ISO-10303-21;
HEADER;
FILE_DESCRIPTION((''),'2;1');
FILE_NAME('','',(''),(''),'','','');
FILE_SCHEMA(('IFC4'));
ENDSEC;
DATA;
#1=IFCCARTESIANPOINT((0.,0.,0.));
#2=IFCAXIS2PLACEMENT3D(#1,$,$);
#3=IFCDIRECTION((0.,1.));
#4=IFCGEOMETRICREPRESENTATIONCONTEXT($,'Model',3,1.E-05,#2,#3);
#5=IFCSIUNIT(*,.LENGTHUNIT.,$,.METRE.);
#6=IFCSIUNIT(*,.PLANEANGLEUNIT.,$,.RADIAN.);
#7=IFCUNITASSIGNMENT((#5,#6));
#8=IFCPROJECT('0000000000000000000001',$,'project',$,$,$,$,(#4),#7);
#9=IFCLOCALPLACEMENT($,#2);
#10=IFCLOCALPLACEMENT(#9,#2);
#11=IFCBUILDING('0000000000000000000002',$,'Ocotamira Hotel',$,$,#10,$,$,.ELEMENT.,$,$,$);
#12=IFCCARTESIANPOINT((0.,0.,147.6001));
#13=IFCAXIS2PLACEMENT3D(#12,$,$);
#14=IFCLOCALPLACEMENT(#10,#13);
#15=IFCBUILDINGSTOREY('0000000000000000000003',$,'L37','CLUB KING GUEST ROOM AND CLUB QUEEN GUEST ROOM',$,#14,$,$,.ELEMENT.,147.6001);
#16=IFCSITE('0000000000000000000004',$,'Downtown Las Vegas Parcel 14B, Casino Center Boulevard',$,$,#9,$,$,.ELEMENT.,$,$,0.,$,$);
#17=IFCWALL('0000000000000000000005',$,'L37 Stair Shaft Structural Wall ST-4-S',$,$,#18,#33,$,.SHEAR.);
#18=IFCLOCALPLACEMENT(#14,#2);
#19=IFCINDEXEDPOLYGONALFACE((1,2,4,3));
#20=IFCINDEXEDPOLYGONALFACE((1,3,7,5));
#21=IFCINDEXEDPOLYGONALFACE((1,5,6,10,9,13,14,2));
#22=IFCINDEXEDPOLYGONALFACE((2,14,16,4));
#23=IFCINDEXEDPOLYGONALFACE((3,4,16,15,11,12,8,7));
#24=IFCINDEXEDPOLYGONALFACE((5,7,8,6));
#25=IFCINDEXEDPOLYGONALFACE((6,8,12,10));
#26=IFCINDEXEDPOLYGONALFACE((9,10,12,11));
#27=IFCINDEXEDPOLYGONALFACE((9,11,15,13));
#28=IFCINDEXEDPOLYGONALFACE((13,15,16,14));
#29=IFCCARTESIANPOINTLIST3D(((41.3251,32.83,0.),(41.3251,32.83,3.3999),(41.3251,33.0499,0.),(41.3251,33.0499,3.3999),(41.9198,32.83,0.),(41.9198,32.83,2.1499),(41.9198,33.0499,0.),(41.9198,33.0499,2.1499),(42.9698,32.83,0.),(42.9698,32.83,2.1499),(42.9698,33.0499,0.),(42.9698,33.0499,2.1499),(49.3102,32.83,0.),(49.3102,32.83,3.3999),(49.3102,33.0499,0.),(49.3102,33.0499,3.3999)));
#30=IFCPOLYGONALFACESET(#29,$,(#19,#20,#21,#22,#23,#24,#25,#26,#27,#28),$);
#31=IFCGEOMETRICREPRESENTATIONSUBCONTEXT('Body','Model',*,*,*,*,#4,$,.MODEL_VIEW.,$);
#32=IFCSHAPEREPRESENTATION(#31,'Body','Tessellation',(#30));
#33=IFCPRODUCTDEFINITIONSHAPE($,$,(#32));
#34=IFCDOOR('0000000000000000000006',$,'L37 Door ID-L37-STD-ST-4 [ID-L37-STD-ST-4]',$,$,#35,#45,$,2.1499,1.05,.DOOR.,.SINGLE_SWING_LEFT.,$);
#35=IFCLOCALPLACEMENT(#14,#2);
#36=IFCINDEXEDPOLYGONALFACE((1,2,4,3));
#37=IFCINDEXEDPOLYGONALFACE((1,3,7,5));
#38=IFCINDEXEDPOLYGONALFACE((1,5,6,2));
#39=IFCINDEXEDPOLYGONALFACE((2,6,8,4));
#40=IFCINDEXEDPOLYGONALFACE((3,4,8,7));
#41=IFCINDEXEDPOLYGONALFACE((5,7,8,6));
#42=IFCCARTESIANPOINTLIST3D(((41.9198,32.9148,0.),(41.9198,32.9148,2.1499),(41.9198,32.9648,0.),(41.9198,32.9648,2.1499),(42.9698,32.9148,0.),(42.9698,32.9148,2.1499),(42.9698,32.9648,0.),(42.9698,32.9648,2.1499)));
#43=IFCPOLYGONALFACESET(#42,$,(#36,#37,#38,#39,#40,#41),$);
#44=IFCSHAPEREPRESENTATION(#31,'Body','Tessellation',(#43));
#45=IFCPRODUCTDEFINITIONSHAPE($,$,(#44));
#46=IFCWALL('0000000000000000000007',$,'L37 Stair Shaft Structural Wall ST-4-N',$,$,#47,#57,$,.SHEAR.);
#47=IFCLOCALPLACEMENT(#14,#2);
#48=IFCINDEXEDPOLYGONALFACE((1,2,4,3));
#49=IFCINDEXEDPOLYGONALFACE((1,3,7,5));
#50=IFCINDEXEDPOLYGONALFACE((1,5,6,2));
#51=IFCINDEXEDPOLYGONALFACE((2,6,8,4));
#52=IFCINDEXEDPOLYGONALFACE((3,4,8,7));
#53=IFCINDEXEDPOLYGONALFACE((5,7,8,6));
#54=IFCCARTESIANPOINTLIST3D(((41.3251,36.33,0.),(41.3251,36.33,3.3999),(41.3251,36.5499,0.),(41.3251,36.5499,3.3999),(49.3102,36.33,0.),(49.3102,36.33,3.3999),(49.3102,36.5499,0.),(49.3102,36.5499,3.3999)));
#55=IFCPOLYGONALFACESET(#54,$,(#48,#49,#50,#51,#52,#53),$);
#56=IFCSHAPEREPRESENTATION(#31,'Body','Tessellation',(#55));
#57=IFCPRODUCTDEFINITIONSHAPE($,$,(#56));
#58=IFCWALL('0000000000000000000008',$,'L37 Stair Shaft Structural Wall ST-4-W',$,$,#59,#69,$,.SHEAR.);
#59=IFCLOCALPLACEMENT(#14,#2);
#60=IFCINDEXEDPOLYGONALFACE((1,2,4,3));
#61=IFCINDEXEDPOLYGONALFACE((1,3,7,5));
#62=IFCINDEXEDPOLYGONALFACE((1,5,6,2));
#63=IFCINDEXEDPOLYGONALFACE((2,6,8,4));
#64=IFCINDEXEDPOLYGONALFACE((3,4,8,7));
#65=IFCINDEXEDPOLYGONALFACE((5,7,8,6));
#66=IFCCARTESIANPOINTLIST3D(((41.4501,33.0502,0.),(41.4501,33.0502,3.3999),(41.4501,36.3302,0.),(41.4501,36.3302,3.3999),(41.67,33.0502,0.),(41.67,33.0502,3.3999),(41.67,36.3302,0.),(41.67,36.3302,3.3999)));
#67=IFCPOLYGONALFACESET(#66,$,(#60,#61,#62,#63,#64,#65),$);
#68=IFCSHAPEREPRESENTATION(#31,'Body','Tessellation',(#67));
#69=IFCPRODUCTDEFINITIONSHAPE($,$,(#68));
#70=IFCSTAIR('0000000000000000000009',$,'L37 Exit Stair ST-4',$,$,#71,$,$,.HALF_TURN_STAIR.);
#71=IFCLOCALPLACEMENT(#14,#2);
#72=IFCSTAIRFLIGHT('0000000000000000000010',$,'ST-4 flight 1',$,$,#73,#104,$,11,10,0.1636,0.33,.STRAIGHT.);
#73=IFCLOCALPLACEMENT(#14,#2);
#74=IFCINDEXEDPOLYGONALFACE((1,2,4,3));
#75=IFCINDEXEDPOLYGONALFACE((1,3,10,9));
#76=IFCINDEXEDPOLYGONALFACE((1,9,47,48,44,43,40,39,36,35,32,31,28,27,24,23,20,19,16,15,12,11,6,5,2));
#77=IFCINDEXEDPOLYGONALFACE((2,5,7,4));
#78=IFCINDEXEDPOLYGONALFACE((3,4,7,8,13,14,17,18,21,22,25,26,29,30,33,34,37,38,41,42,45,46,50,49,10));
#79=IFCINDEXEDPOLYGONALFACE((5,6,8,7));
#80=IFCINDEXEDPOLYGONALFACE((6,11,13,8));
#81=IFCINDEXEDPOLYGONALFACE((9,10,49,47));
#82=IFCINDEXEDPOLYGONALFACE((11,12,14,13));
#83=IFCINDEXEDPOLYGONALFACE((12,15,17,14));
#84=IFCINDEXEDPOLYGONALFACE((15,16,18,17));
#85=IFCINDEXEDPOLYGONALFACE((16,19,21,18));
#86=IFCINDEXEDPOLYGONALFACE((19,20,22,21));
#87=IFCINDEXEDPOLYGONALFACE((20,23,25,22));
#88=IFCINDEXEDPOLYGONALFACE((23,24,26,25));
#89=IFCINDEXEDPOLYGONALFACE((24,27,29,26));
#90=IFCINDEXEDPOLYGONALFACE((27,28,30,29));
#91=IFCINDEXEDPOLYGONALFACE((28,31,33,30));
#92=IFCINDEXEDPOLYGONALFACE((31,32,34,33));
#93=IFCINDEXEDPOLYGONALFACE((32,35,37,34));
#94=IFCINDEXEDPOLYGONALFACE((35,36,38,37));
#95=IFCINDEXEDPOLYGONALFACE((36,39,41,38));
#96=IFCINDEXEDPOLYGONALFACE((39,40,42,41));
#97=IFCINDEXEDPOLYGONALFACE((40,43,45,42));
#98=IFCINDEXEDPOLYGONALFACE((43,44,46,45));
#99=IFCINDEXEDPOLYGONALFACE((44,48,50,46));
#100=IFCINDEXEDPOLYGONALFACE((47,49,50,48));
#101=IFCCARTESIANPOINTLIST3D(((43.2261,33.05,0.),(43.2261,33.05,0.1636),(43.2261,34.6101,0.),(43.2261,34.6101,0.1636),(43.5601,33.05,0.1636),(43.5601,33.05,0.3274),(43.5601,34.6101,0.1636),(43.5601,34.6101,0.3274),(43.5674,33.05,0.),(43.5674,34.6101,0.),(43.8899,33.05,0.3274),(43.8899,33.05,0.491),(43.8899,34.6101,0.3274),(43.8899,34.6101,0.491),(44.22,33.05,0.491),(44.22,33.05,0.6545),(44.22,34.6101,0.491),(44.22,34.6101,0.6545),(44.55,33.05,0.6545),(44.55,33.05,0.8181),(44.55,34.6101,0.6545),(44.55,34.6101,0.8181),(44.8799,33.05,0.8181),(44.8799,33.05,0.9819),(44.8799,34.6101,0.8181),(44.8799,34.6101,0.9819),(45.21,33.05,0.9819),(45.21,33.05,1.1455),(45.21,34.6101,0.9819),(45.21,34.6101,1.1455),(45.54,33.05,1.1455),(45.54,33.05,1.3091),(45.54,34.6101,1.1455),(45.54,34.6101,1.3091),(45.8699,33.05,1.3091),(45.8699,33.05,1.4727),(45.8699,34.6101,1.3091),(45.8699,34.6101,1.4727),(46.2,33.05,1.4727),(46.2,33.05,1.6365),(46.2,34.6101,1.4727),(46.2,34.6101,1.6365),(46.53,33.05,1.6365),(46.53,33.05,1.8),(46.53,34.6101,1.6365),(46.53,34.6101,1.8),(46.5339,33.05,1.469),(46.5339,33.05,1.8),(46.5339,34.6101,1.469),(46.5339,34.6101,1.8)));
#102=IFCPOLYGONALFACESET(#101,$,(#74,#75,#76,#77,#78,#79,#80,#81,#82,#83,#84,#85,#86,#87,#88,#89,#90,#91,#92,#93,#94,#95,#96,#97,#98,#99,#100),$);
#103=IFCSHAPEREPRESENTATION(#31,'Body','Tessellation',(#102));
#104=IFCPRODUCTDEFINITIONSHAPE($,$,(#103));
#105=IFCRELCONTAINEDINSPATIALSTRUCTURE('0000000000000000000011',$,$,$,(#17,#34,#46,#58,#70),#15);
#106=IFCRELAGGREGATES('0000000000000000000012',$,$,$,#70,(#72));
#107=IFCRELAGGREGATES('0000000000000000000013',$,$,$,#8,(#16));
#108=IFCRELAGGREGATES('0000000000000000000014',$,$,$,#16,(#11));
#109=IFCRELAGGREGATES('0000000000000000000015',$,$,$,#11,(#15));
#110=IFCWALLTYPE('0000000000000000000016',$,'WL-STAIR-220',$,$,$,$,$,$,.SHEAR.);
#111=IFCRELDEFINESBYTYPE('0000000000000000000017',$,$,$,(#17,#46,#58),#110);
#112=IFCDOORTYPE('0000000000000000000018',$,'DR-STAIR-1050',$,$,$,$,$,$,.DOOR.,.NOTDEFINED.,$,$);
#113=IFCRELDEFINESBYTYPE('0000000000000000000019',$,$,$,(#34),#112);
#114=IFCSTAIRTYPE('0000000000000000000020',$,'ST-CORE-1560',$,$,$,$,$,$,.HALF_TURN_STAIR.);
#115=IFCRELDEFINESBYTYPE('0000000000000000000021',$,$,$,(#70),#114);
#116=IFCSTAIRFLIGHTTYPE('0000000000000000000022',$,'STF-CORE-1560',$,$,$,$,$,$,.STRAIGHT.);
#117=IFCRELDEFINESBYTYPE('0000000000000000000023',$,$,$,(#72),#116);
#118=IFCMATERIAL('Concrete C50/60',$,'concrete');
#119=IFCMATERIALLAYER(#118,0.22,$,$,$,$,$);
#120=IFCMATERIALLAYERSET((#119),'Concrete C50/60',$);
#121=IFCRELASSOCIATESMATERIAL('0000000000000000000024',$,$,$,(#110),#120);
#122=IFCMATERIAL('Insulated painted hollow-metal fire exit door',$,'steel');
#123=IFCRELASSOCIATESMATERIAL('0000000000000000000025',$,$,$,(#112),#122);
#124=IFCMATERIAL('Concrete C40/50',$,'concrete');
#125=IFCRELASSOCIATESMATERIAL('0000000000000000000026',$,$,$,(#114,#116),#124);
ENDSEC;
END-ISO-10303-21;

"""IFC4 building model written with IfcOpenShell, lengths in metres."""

from ifc_helpers import new_model, si_unit, direction, frame, frame_2d, origin, place, context, subcontext, project, spatial, polyline, rectangle, outline, extrude, source, transform, mapped, material, layer, layer_set, type_object, element, fill, aggregate, save


model = new_model("IFC4")

# Units and contexts
model_context = context("Model", 3, precision=1e-05, world=origin(), true_north=direction((0.0, 1.0)))
body_context = subcontext(model_context, "Body", "Model", "MODEL_VIEW")
ifc_project = project(units=[si_unit("LENGTHUNIT", "METRE"), si_unit("PLANEANGLEUNIT", "RADIAN")], contexts=[model_context])

# Site, building, storey
site_placement = place(None, origin())
site = spatial("IfcSite", under=ifc_project, at=site_placement, Name="Downtown Las Vegas Parcel 14B, Casino Center Boulevard", CompositionType="ELEMENT", RefElevation=0.0)
building_placement = place(site_placement, origin())
building = spatial("IfcBuilding", under=site, at=building_placement, Name="Ocotamira Hotel", CompositionType="ELEMENT")
storey_placement = place(building_placement, frame((0.0, 0.0, 147.6001)))
storey = spatial("IfcBuildingStorey", under=building, at=storey_placement, Name="L37", Description="CLUB KING GUEST ROOM AND CLUB QUEEN GUEST ROOM", CompositionType="ELEMENT", Elevation=147.6001)

# Wall, opening, door
ifc_material_1 = material(Name="Concrete C50/60", Category="concrete")
ifc_layer_1 = layer(ifc_material_1, 0.22)
ifc_layer_set_1 = layer_set([ifc_layer_1], Name="Concrete C50/60")
wall_type_1 = type_object("IfcWallType", Name="WL-STAIR-220", PredefinedType="SHEAR", material=ifc_layer_set_1)
wall_1_placement = place(storey_placement, frame((41.325, 32.9399, 0.0), z_axis=(0.0, 0.0, 1.0), x_axis=(1.0, 0.0, 0.0)))
wall_1 = element("IfcWall", 1, at=wall_1_placement, inside=storey, type_object=wall_type_1, Name="L37 Stair Shaft Structural Wall ST-4-S", PredefinedType="SHEAR", context=body_context, shape_type="SweptSolid", body=[
    extrude(rectangle(XDim=7.9851, YDim=0.22, at=frame_2d((3.9927, 0.0))), origin(), (0.0, 0.0, 1.0), 3.3999),
])
opening_1_placement = place(wall_1_placement, frame((0.595, 0.0, 0.0)))
opening_1 = element("IfcOpeningElement", 2, at=opening_1_placement, cuts=wall_1, PredefinedType="OPENING", context=body_context, shape_type="SweptSolid", body=[
    extrude(rectangle(XDim=1.05, YDim=2.1499, at=frame_2d((0.5249, 1.075))), frame((0.0, 0.1201, 0.0), z_axis=(0.0, -1.0, 0.0), x_axis=(1.0, 0.0, 0.0)), (0.0, 0.0, 1.0), 0.24),
])
ifc_material_2 = material(Name="Insulated painted hollow-metal fire exit door", Category="steel")
door_type_1 = type_object("IfcDoorType", Name="DR-STAIR-1050", OperationType="NOTDEFINED", PredefinedType="DOOR", material=ifc_material_2)
shared_shape_1 = source(origin(), body_context, "Body", "SweptSolid", [
    extrude(rectangle(XDim=1.05, YDim=2.1499, at=frame_2d((0.5249, 1.075))), frame((0.0, 0.0249, 0.0), z_axis=(0.0, -1.0, 0.0), x_axis=(1.0, 0.0, 0.0)), (0.0, 0.0, 1.0), 0.05),
])
door_1_placement = place(opening_1_placement, origin())
door_1 = element("IfcDoor", 3, at=door_1_placement, inside=storey, type_object=door_type_1, Name="L37 Door ID-L37-STD-ST-4 [ID-L37-STD-ST-4]", OperationType="SINGLE_SWING_LEFT", OverallHeight=2.1499, OverallWidth=1.05, PredefinedType="DOOR", context=body_context, shape_type="MappedRepresentation", body=[
    mapped(shared_shape_1, transform((0.0, 0.0, 0.0), scale=1.0)),
])
fill(opening_1, door_1)

# Walls
wall_2_placement = place(storey_placement, frame((41.325, 36.4399, 0.0), z_axis=(0.0, 0.0, 1.0), x_axis=(1.0, 0.0, 0.0)))
element("IfcWall", 4, at=wall_2_placement, inside=storey, type_object=wall_type_1, Name="L37 Stair Shaft Structural Wall ST-4-N", PredefinedType="SHEAR", context=body_context, shape_type="SweptSolid", body=[
    extrude(rectangle(XDim=7.9851, YDim=0.22, at=frame_2d((3.9927, 0.0))), origin(), (0.0, 0.0, 1.0), 3.3999),
])
wall_3_placement = place(storey_placement, frame((41.5601, 33.05, 0.0), z_axis=(0.0, 0.0, 1.0), x_axis=(0.0, 1.0, 0.0)))
element("IfcWall", 5, at=wall_3_placement, inside=storey, type_object=wall_type_1, Name="L37 Stair Shaft Structural Wall ST-4-W", PredefinedType="SHEAR", context=body_context, shape_type="SweptSolid", body=[
    extrude(rectangle(XDim=3.28, YDim=0.22, at=frame_2d((1.6401, 0.0))), origin(), (0.0, 0.0, 1.0), 3.3999),
])

# Stair, stair flight
ifc_material_3 = material(Name="Concrete C40/50", Category="concrete")
stair_type = type_object("IfcStairType", Name="ST-CORE-1560", PredefinedType="HALF_TURN_STAIR", material=ifc_material_3)
stair_placement = place(storey_placement, origin())
stair = element("IfcStair", 6, at=stair_placement, inside=storey, type_object=stair_type, Name="L37 Exit Stair ST-4", PredefinedType="HALF_TURN_STAIR")
stair_flight_type = type_object("IfcStairFlightType", Name="STF-CORE-1560", PredefinedType="STRAIGHT", material=ifc_material_3)
shared_shape_2 = source(origin(), body_context, "Body", "SweptSolid", [
    extrude(outline(polyline([(-0.0039, 0.0), (-0.0039, 0.1636), (0.3301, 0.1636), (0.3301, 0.3274), (0.6599, 0.3274), (0.6599, 0.491), (0.99, 0.491), (0.99, 0.6545), (1.3201, 0.6545), (1.3201, 0.8181), (1.6499, 0.8181), (1.6499, 0.9819), (1.98, 0.9819), (1.98, 1.1455), (2.3101, 1.1455), (2.3101, 1.3091), (2.6399, 1.3091), (2.6399, 1.4727), (2.97, 1.4727), (2.97, 1.6365), (3.3, 1.6365), (3.3, 1.8), (3.304, 1.8), (3.304, 1.469), (0.3374, 0.0), (-0.0039, 0.0)])), frame((0.0, 0.78, 0.0), z_axis=(0.0, -1.0, 0.0), x_axis=(1.0, 0.0, 0.0)), (0.0, 0.0, 1.0), 1.5601),
])
stair_flight_placement = place(storey_placement, frame((43.23, 33.8301, 0.0), z_axis=(0.0, 0.0, 1.0), x_axis=(1.0, 0.0, 0.0)))
stair_flight = element("IfcStairFlight", 7, at=stair_flight_placement, type_object=stair_flight_type, Name="ST-4 flight 1", NumberOfRisers=11, NumberOfTreads=10, PredefinedType="STRAIGHT", RiserHeight=0.1636, TreadLength=0.33, context=body_context, shape_type="MappedRepresentation", body=[
    mapped(shared_shape_2, transform((0.0, 0.0, 0.0), scale=1.0)),
])
aggregate(stair, [stair_flight])

save(model, "model.ifc")
